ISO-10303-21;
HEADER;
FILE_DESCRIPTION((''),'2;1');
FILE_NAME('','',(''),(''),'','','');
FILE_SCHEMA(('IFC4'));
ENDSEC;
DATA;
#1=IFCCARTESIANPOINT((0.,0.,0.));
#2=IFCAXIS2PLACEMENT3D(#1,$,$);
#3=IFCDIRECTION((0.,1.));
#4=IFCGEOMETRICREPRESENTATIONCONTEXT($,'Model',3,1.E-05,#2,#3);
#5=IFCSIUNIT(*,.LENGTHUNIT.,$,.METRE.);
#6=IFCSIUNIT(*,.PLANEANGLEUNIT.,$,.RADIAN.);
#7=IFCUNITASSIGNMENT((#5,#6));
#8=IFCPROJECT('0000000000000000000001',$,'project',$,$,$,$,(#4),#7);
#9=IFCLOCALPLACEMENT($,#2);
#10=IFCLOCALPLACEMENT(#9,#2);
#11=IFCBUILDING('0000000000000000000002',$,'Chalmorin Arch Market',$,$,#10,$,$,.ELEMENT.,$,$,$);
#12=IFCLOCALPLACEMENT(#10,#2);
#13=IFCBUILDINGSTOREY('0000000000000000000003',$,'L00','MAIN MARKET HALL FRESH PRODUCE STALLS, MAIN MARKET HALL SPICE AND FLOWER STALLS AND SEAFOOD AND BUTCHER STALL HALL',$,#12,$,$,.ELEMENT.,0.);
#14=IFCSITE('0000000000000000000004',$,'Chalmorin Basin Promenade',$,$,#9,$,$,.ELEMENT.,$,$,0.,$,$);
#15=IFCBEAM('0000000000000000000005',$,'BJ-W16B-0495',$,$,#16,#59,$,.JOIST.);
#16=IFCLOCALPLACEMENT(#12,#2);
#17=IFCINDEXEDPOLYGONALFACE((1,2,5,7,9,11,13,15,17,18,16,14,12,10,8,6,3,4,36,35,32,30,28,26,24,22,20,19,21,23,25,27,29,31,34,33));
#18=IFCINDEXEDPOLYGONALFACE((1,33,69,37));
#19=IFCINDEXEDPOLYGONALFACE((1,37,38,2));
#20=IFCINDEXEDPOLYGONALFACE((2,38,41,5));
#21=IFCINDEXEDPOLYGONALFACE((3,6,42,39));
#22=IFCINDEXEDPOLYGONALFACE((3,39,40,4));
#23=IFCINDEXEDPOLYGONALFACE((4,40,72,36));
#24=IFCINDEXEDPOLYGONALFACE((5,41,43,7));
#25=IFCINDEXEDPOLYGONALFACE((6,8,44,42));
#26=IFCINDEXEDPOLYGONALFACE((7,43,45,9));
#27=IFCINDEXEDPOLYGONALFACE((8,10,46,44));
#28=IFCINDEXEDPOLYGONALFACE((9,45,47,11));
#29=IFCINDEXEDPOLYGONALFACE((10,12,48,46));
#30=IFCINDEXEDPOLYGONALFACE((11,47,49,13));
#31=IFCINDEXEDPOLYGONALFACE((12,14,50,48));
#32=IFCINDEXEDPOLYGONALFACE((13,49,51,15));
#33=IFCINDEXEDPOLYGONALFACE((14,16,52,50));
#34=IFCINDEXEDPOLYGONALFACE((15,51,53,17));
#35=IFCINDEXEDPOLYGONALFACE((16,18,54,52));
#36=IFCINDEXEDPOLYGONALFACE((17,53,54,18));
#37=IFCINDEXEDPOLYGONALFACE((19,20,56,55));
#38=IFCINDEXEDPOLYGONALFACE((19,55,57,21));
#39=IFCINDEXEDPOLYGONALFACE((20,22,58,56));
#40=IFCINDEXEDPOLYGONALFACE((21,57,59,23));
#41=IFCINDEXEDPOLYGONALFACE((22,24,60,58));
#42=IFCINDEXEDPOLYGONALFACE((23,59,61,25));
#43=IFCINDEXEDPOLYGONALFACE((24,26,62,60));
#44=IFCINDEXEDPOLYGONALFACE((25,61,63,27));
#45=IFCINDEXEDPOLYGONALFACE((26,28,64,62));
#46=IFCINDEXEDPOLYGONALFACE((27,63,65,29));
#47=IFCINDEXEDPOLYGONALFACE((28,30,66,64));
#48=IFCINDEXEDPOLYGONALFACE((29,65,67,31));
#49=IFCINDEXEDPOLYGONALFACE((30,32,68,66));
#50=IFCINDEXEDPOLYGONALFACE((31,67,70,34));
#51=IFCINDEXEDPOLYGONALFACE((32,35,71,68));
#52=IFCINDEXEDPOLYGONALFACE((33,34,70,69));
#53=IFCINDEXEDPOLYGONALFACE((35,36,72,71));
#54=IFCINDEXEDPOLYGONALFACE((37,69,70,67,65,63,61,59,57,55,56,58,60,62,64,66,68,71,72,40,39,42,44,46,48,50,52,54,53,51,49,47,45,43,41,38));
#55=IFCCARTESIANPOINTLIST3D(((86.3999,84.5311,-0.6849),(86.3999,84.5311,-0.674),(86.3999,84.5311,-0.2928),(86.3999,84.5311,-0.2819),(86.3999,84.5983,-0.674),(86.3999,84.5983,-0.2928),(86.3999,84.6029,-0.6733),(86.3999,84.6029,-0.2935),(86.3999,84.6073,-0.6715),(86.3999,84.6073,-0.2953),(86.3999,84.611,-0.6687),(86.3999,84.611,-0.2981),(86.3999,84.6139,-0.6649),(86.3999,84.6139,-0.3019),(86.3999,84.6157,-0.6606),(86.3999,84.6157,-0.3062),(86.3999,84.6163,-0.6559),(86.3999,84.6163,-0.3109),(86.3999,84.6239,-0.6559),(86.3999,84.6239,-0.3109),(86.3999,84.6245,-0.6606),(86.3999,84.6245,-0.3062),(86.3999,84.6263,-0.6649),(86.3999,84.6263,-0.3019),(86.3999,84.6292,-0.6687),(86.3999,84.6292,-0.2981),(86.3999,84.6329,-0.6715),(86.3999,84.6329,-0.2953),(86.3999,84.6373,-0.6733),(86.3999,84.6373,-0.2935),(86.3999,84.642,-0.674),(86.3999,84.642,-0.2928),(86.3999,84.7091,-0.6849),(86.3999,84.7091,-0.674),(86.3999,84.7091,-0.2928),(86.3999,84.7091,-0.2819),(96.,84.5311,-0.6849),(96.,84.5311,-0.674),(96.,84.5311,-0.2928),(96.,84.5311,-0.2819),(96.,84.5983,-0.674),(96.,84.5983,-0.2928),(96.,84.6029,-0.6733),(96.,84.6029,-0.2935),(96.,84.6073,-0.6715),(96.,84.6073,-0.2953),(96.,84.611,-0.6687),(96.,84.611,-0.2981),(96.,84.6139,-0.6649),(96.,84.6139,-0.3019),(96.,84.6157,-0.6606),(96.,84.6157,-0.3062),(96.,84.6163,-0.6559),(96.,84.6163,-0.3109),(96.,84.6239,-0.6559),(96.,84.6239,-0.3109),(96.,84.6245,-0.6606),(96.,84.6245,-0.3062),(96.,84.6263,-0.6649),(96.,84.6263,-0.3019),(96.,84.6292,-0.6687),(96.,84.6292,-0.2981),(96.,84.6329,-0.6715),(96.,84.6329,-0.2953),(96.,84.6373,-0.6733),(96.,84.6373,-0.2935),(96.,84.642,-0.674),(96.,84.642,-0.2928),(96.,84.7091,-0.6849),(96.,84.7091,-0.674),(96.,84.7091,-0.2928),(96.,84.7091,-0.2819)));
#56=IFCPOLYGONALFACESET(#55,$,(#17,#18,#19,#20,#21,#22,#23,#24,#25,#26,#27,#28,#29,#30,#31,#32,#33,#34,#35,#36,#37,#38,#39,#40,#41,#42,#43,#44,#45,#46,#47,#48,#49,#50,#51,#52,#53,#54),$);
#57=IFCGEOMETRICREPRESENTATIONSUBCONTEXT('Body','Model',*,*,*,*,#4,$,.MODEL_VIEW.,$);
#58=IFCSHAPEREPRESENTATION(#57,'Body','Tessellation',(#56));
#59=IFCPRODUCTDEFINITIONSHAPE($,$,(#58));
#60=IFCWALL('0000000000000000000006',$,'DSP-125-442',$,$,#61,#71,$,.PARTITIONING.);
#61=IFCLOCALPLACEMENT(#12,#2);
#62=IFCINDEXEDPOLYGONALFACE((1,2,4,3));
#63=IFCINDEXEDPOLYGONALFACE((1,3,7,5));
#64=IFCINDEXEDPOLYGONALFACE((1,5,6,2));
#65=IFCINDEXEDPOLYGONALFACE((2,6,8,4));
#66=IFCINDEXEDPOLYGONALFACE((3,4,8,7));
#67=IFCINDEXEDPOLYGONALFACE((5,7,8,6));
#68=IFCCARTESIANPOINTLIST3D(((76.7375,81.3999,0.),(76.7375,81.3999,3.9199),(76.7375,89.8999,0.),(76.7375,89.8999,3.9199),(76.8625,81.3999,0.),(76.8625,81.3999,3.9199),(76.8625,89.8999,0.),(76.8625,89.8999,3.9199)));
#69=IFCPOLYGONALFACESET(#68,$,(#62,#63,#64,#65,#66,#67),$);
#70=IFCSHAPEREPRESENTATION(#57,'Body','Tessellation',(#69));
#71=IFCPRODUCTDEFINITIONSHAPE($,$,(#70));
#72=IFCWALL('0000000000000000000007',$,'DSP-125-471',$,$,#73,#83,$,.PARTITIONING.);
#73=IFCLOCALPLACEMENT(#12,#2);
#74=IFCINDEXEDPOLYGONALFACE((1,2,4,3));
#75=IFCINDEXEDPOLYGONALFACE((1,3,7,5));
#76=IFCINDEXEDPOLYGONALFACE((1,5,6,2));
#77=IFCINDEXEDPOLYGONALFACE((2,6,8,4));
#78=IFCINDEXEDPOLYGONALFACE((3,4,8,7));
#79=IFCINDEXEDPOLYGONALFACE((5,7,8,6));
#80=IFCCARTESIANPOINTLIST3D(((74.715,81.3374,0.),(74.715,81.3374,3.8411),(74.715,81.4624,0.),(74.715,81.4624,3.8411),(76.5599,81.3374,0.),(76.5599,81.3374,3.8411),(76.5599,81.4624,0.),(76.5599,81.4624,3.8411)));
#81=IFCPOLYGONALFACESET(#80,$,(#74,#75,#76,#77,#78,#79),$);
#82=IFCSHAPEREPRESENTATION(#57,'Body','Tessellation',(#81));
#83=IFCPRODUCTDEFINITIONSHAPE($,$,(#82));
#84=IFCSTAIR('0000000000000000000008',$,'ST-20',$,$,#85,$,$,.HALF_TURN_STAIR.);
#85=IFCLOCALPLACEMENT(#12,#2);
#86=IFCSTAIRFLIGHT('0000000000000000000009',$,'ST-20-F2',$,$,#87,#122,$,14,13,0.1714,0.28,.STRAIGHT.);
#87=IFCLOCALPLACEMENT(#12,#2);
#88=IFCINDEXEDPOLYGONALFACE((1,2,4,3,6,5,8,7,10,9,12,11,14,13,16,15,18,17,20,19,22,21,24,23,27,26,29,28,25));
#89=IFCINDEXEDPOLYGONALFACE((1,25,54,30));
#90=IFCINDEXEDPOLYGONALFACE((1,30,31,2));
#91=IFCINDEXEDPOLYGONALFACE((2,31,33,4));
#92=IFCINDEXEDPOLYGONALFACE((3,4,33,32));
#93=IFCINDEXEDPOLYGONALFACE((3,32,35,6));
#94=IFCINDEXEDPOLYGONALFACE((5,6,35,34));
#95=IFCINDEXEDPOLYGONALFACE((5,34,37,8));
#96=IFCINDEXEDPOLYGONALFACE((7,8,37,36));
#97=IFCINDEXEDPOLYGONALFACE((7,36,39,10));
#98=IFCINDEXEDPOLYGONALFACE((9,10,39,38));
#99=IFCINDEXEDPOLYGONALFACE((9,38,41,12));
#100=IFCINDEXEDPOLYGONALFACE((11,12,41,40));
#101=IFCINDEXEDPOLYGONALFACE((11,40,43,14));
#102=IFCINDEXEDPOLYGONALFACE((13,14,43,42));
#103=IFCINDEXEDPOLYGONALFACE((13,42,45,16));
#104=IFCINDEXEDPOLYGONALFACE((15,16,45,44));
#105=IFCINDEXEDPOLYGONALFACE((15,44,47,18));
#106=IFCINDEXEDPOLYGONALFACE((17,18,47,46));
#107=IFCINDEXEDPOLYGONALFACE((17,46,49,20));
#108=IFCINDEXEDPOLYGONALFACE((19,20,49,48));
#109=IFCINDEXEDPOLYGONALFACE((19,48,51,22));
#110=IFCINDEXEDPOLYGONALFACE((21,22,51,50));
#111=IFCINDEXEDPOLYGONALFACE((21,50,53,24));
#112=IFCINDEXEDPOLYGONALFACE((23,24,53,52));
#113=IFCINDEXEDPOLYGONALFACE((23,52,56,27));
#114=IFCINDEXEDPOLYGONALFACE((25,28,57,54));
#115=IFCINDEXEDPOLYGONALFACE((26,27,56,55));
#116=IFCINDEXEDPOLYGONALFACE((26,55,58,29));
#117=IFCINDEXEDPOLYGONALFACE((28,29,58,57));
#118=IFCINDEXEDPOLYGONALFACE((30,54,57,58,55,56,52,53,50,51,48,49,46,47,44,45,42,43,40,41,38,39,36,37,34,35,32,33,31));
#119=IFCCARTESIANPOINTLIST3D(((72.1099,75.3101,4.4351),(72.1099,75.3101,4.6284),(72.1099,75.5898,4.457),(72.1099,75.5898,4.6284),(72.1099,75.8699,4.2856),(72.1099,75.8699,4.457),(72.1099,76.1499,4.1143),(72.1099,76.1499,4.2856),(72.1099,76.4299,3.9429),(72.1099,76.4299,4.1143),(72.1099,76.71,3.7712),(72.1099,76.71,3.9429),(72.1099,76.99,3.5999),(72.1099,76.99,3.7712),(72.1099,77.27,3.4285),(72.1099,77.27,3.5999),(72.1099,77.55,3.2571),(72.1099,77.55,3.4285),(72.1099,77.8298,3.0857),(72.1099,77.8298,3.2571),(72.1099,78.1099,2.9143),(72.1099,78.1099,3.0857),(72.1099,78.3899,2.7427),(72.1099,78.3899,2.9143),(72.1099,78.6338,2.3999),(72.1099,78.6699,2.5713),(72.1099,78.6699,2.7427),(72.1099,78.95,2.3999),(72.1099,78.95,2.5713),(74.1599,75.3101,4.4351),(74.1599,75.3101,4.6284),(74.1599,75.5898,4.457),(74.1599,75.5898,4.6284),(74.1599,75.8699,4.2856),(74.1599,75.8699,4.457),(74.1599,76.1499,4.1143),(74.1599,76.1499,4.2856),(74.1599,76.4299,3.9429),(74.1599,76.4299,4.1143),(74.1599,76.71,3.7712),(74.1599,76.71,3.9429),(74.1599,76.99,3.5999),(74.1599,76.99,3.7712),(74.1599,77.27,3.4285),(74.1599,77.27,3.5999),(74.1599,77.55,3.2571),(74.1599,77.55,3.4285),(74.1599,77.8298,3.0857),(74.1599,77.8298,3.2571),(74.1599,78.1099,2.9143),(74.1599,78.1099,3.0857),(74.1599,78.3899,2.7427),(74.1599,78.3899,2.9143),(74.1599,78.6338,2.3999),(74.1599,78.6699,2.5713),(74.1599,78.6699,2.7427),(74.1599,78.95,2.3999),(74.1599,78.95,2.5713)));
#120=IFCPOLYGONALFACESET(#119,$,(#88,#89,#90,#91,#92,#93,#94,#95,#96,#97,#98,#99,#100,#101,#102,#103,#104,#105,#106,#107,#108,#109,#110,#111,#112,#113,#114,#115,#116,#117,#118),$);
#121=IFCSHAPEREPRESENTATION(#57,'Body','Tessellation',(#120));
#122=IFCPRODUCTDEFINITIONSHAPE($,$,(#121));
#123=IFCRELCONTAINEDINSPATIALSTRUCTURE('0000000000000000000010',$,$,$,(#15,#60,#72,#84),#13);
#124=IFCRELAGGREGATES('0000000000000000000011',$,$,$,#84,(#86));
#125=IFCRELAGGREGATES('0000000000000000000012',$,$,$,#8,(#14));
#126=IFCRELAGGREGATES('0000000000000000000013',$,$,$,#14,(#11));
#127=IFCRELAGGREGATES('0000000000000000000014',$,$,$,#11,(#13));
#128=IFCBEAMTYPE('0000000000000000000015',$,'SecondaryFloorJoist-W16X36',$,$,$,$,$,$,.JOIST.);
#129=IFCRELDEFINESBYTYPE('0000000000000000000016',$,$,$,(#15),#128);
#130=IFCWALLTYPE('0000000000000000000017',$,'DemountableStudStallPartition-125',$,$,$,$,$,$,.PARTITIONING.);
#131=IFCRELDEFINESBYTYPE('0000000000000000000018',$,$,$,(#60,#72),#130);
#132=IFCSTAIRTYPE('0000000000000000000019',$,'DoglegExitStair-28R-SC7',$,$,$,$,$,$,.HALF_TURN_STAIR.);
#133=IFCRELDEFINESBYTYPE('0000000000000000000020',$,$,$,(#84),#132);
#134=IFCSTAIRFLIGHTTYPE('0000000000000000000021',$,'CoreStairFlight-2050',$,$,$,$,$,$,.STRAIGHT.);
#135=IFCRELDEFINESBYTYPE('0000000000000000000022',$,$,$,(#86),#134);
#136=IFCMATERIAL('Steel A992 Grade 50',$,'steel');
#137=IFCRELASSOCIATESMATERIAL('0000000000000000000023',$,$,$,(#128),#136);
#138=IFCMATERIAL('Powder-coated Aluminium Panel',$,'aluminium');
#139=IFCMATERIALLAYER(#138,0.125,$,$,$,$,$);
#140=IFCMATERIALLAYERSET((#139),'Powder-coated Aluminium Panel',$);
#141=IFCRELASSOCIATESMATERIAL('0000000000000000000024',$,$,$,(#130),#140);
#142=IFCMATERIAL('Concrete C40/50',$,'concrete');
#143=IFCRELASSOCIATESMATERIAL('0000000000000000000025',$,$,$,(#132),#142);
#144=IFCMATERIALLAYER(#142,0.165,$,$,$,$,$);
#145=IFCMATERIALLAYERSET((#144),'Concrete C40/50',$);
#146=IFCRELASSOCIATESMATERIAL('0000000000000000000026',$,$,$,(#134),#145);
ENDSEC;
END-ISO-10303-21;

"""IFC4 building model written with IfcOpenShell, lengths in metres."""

from ifc_helpers import new_model, si_unit, direction, frame, frame_2d, origin, origin_2d, place, context, subcontext, project, spatial, polyline, rectangle, i_section, outline, extrude, material, layer, layer_set, material_profile, profile_set, type_object, element, aggregate, save


model = new_model("IFC4")

# Units and contexts
model_context = context("Model", 3, precision=1e-05, world=origin(), true_north=direction((0.0, 1.0)))
body_context = subcontext(model_context, "Body", "Model", "MODEL_VIEW")
ifc_project = project(units=[si_unit("LENGTHUNIT", "METRE"), si_unit("PLANEANGLEUNIT", "RADIAN")], contexts=[model_context])

# Site, building, storey
site_placement = place(None, origin())
site = spatial("IfcSite", under=ifc_project, at=site_placement, Name="Chalmorin Basin Promenade", CompositionType="ELEMENT", RefElevation=0.0)
building_placement = place(site_placement, origin())
building = spatial("IfcBuilding", under=site, at=building_placement, Name="Chalmorin Arch Market", CompositionType="ELEMENT")
storey_placement = place(building_placement, origin())
storey = spatial("IfcBuildingStorey", under=building, at=storey_placement, Name="L00", Description="MAIN MARKET HALL FRESH PRODUCE STALLS, MAIN MARKET HALL SPICE AND FLOWER STALLS AND SEAFOOD AND BUTCHER STALL HALL", CompositionType="ELEMENT", Elevation=0.0)

# Shared definitions
ifc_material_1 = material(Name="Concrete C40/50", Category="concrete")

# Beam
ifc_material_2 = material(Name="Steel A992 Grade 50", Category="steel")
ifc_material_profile_1 = material_profile(ifc_material_2, i_section(OverallWidth=0.178, OverallDepth=0.4031, WebThickness=0.0076, FlangeThickness=0.011, FilletRadius=0.0181, at=origin_2d()), Name="W16X36")
ifc_profile_set_1 = profile_set([ifc_material_profile_1], Name="Steel A992 Grade 50")
beam_type_1 = type_object("IfcBeamType", Name="SecondaryFloorJoist-W16X36", PredefinedType="JOIST", material=ifc_profile_set_1)
for number, where, z_axis, x_axis, name in (
    (1, (86.3999, 84.6201, -0.4834), (1.0, 0.0, 0.0), (0.0, 1.0, 0.0), "BJ-W16B-0495"),
):
    element("IfcBeam", number, at=place(storey_placement, frame(where, z_axis=z_axis, x_axis=x_axis)), inside=storey, type_object=beam_type_1, Name=name, PredefinedType="JOIST", context=body_context, shape_type="SweptSolid", body=[
        extrude(i_section(OverallWidth=0.178, OverallDepth=0.4031, WebThickness=0.0076, FlangeThickness=0.011, FilletRadius=0.0181, at=origin_2d()), origin(), (0.0, 0.0, 1.0), 9.6001),
    ])

# Walls
ifc_material_3 = material(Name="Powder-coated Aluminium Panel", Category="aluminium")
ifc_layer_1 = layer(ifc_material_3, 0.125)
ifc_layer_set_1 = layer_set([ifc_layer_1], Name="Powder-coated Aluminium Panel")
wall_type_1 = type_object("IfcWallType", Name="DemountableStudStallPartition-125", PredefinedType="PARTITIONING", material=ifc_layer_set_1)
wall_1_placement = place(storey_placement, frame((76.8, 81.3999, 0.0), z_axis=(0.0, 0.0, 1.0), x_axis=(0.0, 1.0, 0.0)))
element("IfcWall", 2, at=wall_1_placement, inside=storey, type_object=wall_type_1, Name="DSP-125-442", PredefinedType="PARTITIONING", context=body_context, shape_type="SweptSolid", body=[
    extrude(rectangle(XDim=8.5, YDim=0.125, at=frame_2d((4.25, 0.0))), origin(), (0.0, 0.0, 1.0), 3.9199),
])
wall_2_placement = place(storey_placement, frame((74.7151, 81.3999, 0.0), z_axis=(0.0, 0.0, 1.0), x_axis=(1.0, 0.0, 0.0)))
element("IfcWall", 3, at=wall_2_placement, inside=storey, type_object=wall_type_1, Name="DSP-125-471", PredefinedType="PARTITIONING", context=body_context, shape_type="SweptSolid", body=[
    extrude(rectangle(XDim=1.845, YDim=0.125, at=frame_2d((0.9224, 0.0))), origin(), (0.0, 0.0, 1.0), 3.8411),
])

# Stair, stair flight
stair_type = type_object("IfcStairType", Name="DoglegExitStair-28R-SC7", PredefinedType="HALF_TURN_STAIR", material=ifc_material_1)
stair_placement = place(storey_placement, origin())
stair = element("IfcStair", 4, at=stair_placement, inside=storey, type_object=stair_type, Name="ST-20", PredefinedType="HALF_TURN_STAIR")
ifc_layer_2 = layer(ifc_material_1, 0.165)
ifc_layer_set_2 = layer_set([ifc_layer_2], Name="Concrete C40/50")
stair_flight_type = type_object("IfcStairFlightType", Name="CoreStairFlight-2050", PredefinedType="STRAIGHT", material=ifc_layer_set_2)
stair_flight_placement = place(storey_placement, frame((73.135, 78.95, 2.3999), z_axis=(0.0, 0.0, 1.0), x_axis=(0.0, -1.0, 0.0)))
stair_flight = element("IfcStairFlight", 5, at=stair_flight_placement, type_object=stair_flight_type, Name="ST-20-F2", NumberOfRisers=14, NumberOfTreads=13, PredefinedType="STRAIGHT", RiserHeight=0.1714, TreadLength=0.28, context=body_context, shape_type="SweptSolid", body=[
    extrude(outline(polyline([(0.0, 0.0), (0.0, 0.1714), (0.28, 0.1714), (0.28, 0.3428), (0.5601, 0.3428), (0.5601, 0.5144), (0.8401, 0.5144), (0.8401, 0.6858), (1.1201, 0.6858), (1.1201, 0.8572), (1.3999, 0.8572), (1.3999, 1.0286), (1.6799, 1.0286), (1.6799, 1.2), (1.96, 1.2), (1.96, 1.3713), (2.24, 1.3713), (2.24, 1.543), (2.52, 1.543), (2.52, 1.7144), (2.8, 1.7144), (2.8, 1.8857), (3.0801, 1.8857), (3.0801, 2.0571), (3.3601, 2.0571), (3.3601, 2.2285), (3.6399, 2.2285), (3.6399, 2.3999), (3.6399, 2.0352), (0.3162, 0.0), (0.0, 0.0)])), frame((0.0, 1.0249, 0.0), z_axis=(0.0, -1.0, 0.0), x_axis=(1.0, 0.0, 0.0)), (0.0, 0.0, 1.0), 2.05),
])
aggregate(stair, [stair_flight])

save(model, "model.ifc")
